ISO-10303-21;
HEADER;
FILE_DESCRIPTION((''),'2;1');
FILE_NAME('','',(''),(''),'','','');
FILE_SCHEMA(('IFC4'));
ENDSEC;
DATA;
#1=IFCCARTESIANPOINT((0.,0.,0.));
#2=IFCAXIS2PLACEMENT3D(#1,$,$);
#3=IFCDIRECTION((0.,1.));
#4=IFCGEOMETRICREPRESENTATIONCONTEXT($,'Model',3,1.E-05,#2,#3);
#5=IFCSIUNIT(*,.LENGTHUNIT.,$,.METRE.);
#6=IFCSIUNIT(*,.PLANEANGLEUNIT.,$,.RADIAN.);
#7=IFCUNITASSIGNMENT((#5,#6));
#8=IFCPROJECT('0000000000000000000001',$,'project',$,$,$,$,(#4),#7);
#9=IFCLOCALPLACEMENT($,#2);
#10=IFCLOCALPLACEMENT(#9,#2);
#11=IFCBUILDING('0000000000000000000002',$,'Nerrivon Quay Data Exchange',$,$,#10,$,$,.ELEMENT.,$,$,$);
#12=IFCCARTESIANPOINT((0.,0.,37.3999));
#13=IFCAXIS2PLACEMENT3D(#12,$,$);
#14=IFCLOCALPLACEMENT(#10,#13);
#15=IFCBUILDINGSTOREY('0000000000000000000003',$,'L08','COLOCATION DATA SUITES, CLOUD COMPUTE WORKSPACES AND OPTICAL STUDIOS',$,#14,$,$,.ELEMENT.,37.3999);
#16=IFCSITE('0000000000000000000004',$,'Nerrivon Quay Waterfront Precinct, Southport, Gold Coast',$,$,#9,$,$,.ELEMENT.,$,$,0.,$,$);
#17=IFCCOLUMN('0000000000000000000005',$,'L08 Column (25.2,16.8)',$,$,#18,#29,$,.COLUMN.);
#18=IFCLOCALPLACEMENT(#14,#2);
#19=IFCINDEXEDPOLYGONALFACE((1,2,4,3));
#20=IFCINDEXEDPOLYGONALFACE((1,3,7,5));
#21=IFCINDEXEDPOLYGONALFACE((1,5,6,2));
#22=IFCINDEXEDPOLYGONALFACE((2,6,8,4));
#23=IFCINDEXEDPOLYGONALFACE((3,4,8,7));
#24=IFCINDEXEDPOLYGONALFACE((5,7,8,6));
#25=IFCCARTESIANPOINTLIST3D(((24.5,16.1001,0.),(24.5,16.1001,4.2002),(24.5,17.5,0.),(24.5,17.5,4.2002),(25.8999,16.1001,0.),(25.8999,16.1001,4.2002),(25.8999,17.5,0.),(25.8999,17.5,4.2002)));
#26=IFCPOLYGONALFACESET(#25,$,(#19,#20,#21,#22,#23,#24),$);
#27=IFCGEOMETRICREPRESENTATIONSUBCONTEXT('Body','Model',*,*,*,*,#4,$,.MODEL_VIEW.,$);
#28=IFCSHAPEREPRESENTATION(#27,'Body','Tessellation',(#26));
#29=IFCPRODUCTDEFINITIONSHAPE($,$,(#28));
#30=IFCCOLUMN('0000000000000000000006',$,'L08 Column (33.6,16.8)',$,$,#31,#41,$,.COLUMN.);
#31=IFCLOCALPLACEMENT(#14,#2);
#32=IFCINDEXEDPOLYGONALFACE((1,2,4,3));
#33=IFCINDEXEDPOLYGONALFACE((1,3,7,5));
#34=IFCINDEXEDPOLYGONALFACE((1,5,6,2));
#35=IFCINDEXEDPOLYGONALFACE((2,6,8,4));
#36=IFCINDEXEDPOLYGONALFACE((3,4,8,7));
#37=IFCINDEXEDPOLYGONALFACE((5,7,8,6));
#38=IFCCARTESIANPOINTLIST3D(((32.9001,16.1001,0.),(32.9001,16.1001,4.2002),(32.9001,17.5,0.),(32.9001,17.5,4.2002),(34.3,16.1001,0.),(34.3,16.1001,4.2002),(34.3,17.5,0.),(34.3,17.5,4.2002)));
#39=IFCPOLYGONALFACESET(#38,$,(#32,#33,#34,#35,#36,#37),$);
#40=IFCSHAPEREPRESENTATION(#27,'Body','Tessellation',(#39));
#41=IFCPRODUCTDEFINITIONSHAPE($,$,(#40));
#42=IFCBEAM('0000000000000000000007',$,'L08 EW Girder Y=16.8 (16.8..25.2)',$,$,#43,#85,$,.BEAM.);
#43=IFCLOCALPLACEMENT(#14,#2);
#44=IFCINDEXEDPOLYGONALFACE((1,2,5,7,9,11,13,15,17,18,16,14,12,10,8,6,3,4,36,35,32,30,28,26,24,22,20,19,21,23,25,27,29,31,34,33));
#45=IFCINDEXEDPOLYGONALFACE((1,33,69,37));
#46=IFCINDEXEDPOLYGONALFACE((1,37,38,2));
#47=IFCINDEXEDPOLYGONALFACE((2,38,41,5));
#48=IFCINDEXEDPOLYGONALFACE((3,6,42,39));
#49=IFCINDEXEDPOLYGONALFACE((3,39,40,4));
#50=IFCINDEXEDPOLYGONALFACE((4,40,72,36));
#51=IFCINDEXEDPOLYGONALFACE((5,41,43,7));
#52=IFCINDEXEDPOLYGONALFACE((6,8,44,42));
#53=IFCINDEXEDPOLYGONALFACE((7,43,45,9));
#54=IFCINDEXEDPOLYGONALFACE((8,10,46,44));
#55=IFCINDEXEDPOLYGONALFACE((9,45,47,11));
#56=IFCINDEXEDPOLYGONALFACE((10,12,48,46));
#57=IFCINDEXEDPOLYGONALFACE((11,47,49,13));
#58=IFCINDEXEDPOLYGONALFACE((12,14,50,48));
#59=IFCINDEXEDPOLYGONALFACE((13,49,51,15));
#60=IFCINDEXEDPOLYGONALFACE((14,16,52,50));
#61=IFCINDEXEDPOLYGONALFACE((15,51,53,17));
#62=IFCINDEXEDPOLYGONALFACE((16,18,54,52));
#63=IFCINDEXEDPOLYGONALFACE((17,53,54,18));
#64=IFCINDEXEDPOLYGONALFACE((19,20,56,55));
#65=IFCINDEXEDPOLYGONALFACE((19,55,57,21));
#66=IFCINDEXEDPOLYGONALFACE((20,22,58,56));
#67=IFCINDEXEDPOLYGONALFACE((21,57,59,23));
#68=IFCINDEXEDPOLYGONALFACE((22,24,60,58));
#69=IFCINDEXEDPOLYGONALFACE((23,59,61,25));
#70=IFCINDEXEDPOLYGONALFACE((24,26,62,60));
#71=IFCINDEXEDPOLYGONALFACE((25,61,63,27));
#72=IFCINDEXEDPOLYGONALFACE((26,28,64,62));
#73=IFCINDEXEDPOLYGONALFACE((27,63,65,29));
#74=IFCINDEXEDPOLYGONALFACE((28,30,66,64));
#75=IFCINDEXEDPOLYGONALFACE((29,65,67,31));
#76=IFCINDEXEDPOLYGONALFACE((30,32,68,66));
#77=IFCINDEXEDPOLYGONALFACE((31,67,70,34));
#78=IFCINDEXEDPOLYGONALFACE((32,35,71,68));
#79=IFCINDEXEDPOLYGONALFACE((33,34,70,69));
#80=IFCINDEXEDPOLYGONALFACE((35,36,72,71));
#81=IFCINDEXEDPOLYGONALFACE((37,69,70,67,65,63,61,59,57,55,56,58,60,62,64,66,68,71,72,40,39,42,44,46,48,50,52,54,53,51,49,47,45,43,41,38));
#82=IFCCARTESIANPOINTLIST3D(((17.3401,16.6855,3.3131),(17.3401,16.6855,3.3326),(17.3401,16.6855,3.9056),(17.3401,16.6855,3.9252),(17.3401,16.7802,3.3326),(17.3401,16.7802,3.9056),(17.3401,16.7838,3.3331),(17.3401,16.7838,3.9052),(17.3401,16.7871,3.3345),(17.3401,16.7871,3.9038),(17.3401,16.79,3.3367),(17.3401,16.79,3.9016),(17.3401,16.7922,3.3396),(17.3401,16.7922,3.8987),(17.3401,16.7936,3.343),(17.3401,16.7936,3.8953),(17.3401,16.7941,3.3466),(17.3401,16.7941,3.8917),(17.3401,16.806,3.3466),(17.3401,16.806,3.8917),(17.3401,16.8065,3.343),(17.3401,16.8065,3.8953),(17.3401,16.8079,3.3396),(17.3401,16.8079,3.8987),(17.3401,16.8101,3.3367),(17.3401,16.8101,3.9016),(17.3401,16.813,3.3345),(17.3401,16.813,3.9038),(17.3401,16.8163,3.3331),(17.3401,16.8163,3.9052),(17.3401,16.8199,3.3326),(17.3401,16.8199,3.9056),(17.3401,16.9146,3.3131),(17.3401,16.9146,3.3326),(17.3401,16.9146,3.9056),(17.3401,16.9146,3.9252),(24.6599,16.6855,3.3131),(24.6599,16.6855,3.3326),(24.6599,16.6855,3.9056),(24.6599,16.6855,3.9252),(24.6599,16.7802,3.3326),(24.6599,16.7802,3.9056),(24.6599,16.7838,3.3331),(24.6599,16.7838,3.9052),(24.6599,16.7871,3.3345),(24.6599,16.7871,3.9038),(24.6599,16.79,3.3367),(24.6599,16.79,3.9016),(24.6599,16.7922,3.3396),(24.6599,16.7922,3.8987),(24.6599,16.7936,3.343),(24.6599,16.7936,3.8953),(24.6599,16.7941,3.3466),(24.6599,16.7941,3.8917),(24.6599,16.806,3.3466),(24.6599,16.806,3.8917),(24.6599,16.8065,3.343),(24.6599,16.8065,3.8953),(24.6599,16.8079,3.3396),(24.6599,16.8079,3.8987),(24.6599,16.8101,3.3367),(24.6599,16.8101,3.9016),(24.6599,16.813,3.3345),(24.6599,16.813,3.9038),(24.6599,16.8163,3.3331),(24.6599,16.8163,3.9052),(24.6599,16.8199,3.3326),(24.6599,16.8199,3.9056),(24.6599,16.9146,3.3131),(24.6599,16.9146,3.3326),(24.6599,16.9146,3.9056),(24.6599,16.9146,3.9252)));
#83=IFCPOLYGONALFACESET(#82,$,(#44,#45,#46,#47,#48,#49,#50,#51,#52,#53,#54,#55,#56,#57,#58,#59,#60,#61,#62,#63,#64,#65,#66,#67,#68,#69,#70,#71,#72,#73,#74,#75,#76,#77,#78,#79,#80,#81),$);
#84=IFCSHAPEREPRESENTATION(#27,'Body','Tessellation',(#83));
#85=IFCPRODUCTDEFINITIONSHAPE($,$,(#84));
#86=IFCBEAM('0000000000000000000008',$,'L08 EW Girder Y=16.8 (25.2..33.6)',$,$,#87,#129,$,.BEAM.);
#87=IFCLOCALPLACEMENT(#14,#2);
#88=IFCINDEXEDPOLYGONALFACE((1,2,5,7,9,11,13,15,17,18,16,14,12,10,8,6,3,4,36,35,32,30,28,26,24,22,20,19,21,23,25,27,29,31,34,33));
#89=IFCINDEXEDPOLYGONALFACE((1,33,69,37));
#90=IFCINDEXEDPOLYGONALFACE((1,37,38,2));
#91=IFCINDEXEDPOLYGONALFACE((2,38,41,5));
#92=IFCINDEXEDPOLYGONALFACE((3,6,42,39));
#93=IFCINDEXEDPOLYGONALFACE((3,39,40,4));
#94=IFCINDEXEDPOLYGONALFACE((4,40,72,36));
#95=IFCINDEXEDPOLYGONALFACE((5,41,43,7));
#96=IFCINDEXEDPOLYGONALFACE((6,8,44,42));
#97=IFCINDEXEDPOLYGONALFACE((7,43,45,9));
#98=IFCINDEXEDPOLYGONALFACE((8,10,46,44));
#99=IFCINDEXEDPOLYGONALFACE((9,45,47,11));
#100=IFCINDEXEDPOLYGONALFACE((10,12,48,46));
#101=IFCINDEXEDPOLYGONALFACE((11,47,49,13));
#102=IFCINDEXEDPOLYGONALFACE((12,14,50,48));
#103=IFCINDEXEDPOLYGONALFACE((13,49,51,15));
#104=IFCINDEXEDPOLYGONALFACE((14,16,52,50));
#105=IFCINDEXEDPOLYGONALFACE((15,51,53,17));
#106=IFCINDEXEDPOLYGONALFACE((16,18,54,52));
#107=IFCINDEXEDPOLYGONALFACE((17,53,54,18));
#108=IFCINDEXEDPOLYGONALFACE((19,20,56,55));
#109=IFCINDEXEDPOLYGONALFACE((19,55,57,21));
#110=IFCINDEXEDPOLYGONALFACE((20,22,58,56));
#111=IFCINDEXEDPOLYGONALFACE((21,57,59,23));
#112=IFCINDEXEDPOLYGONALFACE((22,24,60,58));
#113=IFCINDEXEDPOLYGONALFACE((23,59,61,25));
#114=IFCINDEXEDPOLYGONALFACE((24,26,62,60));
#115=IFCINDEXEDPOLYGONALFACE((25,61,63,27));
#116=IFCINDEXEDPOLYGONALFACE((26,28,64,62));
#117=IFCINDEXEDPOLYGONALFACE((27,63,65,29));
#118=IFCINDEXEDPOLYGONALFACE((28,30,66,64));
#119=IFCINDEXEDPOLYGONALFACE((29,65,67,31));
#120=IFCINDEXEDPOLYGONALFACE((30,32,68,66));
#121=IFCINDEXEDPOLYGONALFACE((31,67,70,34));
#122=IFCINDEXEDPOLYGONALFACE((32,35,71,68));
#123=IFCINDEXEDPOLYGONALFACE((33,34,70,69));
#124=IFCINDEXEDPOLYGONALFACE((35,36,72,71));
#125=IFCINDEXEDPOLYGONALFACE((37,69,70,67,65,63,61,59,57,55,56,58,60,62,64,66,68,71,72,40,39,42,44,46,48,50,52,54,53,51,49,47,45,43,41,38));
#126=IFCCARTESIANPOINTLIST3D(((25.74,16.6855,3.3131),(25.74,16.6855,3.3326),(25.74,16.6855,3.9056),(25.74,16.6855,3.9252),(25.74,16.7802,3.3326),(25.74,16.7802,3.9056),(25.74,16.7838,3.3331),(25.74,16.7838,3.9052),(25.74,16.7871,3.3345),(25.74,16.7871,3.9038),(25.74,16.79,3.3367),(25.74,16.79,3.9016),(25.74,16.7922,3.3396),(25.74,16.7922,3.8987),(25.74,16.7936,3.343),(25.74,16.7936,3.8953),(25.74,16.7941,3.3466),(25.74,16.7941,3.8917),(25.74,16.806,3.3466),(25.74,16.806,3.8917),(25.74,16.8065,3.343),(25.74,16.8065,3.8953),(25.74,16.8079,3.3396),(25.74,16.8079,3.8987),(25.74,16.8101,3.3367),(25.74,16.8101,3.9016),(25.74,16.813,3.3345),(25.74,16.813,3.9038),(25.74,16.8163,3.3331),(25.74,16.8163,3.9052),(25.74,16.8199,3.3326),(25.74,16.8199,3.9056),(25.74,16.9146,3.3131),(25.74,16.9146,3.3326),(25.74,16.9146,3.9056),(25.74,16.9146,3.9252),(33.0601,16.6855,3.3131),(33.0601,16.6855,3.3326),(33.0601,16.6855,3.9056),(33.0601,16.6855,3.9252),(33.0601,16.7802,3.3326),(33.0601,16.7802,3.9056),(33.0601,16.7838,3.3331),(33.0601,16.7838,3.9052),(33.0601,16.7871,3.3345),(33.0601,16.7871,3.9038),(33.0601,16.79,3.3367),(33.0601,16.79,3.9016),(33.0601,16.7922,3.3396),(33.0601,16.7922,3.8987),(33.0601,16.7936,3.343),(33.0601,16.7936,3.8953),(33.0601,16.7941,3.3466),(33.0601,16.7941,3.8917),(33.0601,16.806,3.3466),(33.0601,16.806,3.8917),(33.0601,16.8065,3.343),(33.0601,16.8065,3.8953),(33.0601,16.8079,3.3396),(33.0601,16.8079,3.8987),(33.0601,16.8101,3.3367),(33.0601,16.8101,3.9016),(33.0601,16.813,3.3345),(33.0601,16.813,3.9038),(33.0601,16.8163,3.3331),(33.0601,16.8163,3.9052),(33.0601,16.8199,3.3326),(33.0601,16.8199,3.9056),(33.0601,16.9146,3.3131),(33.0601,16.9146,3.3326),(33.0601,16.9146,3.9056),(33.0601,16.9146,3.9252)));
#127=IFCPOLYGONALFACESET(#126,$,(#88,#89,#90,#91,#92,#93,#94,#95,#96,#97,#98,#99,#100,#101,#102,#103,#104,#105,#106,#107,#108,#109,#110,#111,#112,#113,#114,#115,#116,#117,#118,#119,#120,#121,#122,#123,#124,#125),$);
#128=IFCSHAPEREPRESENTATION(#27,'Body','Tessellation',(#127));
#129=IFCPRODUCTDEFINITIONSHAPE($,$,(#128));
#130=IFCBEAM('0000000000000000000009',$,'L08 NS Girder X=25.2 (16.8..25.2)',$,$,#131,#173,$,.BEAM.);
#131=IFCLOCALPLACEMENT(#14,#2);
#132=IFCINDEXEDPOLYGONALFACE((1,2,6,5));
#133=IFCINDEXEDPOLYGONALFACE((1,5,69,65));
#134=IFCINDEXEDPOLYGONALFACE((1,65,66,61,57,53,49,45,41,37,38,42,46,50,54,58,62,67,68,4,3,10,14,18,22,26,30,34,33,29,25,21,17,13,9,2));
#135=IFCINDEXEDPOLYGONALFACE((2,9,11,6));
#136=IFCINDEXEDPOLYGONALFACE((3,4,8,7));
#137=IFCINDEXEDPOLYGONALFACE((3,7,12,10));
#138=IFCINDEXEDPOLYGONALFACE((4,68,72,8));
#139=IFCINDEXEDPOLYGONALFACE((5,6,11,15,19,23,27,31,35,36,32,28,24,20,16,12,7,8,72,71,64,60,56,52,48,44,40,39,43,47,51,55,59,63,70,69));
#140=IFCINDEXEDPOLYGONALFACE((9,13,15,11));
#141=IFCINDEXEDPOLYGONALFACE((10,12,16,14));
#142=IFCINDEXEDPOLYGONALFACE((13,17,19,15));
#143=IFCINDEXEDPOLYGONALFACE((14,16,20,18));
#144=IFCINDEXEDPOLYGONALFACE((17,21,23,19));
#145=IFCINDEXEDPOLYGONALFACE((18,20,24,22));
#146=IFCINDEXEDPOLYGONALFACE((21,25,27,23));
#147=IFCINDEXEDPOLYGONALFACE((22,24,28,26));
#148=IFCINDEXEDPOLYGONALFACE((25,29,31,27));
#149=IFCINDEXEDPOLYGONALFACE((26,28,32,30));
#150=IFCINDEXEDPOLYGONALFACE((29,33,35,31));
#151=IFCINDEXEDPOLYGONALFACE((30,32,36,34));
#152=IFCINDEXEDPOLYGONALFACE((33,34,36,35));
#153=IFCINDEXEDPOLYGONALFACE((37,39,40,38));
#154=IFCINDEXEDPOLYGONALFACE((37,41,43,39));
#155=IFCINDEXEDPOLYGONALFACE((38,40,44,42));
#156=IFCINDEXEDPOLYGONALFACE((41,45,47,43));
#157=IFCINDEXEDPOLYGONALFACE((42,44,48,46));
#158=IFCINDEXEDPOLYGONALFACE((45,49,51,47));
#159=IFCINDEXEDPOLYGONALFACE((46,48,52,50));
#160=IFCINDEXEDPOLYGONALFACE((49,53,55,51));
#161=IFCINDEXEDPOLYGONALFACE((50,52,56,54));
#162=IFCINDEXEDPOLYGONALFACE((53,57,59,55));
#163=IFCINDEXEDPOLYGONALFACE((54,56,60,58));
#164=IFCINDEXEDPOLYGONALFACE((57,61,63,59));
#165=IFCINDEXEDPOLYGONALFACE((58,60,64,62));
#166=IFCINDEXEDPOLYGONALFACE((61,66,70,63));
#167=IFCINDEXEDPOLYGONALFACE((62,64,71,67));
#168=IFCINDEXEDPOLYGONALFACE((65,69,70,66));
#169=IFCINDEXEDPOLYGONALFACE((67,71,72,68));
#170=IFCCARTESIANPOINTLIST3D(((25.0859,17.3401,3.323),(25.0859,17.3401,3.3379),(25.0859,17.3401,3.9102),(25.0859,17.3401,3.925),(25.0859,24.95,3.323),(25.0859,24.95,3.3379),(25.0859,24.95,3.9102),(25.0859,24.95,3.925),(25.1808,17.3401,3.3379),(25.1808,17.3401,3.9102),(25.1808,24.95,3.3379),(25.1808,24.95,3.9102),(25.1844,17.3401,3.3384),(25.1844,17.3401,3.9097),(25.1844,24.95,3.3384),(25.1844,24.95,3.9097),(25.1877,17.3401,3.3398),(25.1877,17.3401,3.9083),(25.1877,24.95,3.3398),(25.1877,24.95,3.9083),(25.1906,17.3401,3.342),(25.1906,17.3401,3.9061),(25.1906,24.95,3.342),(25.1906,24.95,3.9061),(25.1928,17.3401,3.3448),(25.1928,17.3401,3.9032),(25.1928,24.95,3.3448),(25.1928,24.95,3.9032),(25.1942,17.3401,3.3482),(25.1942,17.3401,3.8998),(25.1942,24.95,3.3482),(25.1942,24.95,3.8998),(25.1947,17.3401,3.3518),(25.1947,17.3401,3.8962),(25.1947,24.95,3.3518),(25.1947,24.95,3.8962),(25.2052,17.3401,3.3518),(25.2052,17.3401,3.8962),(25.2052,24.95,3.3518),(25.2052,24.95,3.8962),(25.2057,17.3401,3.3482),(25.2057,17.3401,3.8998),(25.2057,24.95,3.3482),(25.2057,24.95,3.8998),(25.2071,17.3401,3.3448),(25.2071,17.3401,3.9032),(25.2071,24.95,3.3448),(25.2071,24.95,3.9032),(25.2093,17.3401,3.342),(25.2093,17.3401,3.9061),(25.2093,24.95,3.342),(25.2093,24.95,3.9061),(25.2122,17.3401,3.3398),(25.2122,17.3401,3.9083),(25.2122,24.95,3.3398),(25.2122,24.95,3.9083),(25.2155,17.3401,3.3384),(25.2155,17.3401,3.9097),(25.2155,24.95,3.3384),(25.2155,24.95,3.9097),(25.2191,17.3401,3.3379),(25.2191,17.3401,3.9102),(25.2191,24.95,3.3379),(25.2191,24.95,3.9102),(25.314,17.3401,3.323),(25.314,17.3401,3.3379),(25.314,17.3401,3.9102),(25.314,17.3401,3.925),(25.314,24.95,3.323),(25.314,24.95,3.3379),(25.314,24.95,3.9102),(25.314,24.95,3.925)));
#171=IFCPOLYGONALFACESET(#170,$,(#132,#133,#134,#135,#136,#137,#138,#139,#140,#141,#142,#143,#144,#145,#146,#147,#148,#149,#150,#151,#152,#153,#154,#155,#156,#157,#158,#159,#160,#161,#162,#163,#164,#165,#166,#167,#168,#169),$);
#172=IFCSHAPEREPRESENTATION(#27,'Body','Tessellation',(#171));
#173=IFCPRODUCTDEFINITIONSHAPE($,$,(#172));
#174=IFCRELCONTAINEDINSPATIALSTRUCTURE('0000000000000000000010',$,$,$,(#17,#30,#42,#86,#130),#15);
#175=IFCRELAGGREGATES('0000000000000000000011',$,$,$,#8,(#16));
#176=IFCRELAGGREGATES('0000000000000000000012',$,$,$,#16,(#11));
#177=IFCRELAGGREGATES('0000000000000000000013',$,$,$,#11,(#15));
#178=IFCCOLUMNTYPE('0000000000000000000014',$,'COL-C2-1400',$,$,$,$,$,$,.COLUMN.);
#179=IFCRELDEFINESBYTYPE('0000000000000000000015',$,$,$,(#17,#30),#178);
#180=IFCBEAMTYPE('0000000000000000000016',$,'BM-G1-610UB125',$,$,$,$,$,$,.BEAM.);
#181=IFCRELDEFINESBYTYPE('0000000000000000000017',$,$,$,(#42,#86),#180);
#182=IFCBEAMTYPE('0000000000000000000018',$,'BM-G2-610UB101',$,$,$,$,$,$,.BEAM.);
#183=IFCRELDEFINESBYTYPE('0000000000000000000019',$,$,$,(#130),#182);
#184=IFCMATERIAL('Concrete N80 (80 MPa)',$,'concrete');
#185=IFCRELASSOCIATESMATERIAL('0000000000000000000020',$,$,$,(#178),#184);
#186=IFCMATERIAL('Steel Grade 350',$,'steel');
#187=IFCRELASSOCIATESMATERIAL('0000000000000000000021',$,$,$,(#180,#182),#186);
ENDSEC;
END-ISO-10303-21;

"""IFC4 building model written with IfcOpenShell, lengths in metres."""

from ifc_helpers import new_model, si_unit, direction, frame, origin, origin_2d, place, context, subcontext, project, spatial, rectangle, i_section, extrude, material, material_profile, profile_set, type_object, element, save


model = new_model("IFC4")

# Units and contexts
model_context = context("Model", 3, precision=1e-05, world=origin(), true_north=direction((0.0, 1.0)))
body_context = subcontext(model_context, "Body", "Model", "MODEL_VIEW")
ifc_project = project(units=[si_unit("LENGTHUNIT", "METRE"), si_unit("PLANEANGLEUNIT", "RADIAN")], contexts=[model_context])

# Site, building, storey
site_placement = place(None, origin())
site = spatial("IfcSite", under=ifc_project, at=site_placement, Name="Nerrivon Quay Waterfront Precinct, Southport, Gold Coast", CompositionType="ELEMENT", RefElevation=0.0)
building_placement = place(site_placement, origin())
building = spatial("IfcBuilding", under=site, at=building_placement, Name="Nerrivon Quay Data Exchange", CompositionType="ELEMENT")
storey_placement = place(building_placement, frame((0.0, 0.0, 37.3999)))
storey = spatial("IfcBuildingStorey", under=building, at=storey_placement, Name="L08", Description="COLOCATION DATA SUITES, CLOUD COMPUTE WORKSPACES AND OPTICAL STUDIOS", CompositionType="ELEMENT", Elevation=37.3999)

# Columns
ifc_material_1 = material(Name="Concrete N80 (80 MPa)", Category="concrete")
ifc_material_profile_1 = material_profile(ifc_material_1, rectangle(XDim=1.3999, YDim=1.3999, at=origin_2d()), Name="RC-COL-1400x1400")
ifc_profile_set_1 = profile_set([ifc_material_profile_1], Name="Concrete N80 (80 MPa)")
column_type = type_object("IfcColumnType", Name="COL-C2-1400", PredefinedType="COLUMN", material=ifc_profile_set_1)
for number, where, z_axis, x_axis, name in (
    (1, (25.2, 16.8, 0.0), (0.0, 0.0, 1.0), (1.0, 0.0, 0.0), "L08 Column (25.2,16.8)"),
    (2, (33.6001, 16.8, 0.0), (0.0, 0.0, 1.0), (1.0, 0.0, 0.0), "L08 Column (33.6,16.8)"),
):
    element("IfcColumn", number, at=place(storey_placement, frame(where, z_axis=z_axis, x_axis=x_axis)), inside=storey, type_object=column_type, Name=name, PredefinedType="COLUMN", context=body_context, shape_type="SweptSolid", body=[
        extrude(rectangle(XDim=1.3999, YDim=1.3999, at=origin_2d()), origin(), (0.0, 0.0, 1.0), 4.2002),
    ])

# Beams
ifc_material_2 = material(Name="Steel Grade 350", Category="steel")
ifc_material_profile_2 = material_profile(ifc_material_2, i_section(OverallWidth=0.229, OverallDepth=0.6121, WebThickness=0.012, FlangeThickness=0.0195, FilletRadius=0.0139, at=origin_2d()), Name="610UB125")
ifc_profile_set_2 = profile_set([ifc_material_profile_2], Name="Steel Grade 350")
beam_type_1 = type_object("IfcBeamType", Name="BM-G1-610UB125", PredefinedType="BEAM", material=ifc_profile_set_2)
beam_1_placement = place(storey_placement, frame((17.3401, 16.8, 3.6191), z_axis=(1.0, 0.0, 0.0), x_axis=(0.0, 1.0, 0.0)))
element("IfcBeam", 3, at=beam_1_placement, inside=storey, type_object=beam_type_1, Name="L08 EW Girder Y=16.8 (16.8..25.2)", PredefinedType="BEAM", context=body_context, shape_type="SweptSolid", body=[
    extrude(i_section(OverallWidth=0.229, OverallDepth=0.6121, WebThickness=0.012, FlangeThickness=0.0195, FilletRadius=0.0139, at=origin_2d()), origin(), (0.0, 0.0, 1.0), 7.3198),
])
beam_2_placement = place(storey_placement, frame((25.74, 16.8, 3.6191), z_axis=(1.0, 0.0, 0.0), x_axis=(0.0, 1.0, 0.0)))
element("IfcBeam", 4, at=beam_2_placement, inside=storey, type_object=beam_type_1, Name="L08 EW Girder Y=16.8 (25.2..33.6)", PredefinedType="BEAM", context=body_context, shape_type="SweptSolid", body=[
    extrude(i_section(OverallWidth=0.229, OverallDepth=0.6121, WebThickness=0.012, FlangeThickness=0.0195, FilletRadius=0.0139, at=origin_2d()), origin(), (0.0, 0.0, 1.0), 7.3201),
])
ifc_material_profile_3 = material_profile(ifc_material_2, i_section(OverallWidth=0.228, OverallDepth=0.6021, WebThickness=0.0105, FlangeThickness=0.0149, FilletRadius=0.0139, at=origin_2d()), Name="610UB101")
ifc_profile_set_3 = profile_set([ifc_material_profile_3], Name="Steel Grade 350")
beam_type_2 = type_object("IfcBeamType", Name="BM-G2-610UB101", PredefinedType="BEAM", material=ifc_profile_set_3)
for number, where, z_axis, x_axis, name in (
    (5, (25.2, 17.3401, 3.624), (0.0, 1.0, 0.0), (-1.0, 0.0, 0.0), "L08 NS Girder X=25.2 (16.8..25.2)"),
):
    element("IfcBeam", number, at=place(storey_placement, frame(where, z_axis=z_axis, x_axis=x_axis)), inside=storey, type_object=beam_type_2, Name=name, PredefinedType="BEAM", context=body_context, shape_type="SweptSolid", body=[
        extrude(i_section(OverallWidth=0.228, OverallDepth=0.6021, WebThickness=0.0105, FlangeThickness=0.0149, FilletRadius=0.0139, at=origin_2d()), origin(), (0.0, 0.0, 1.0), 7.6099),
    ])

save(model, "model.ifc")
